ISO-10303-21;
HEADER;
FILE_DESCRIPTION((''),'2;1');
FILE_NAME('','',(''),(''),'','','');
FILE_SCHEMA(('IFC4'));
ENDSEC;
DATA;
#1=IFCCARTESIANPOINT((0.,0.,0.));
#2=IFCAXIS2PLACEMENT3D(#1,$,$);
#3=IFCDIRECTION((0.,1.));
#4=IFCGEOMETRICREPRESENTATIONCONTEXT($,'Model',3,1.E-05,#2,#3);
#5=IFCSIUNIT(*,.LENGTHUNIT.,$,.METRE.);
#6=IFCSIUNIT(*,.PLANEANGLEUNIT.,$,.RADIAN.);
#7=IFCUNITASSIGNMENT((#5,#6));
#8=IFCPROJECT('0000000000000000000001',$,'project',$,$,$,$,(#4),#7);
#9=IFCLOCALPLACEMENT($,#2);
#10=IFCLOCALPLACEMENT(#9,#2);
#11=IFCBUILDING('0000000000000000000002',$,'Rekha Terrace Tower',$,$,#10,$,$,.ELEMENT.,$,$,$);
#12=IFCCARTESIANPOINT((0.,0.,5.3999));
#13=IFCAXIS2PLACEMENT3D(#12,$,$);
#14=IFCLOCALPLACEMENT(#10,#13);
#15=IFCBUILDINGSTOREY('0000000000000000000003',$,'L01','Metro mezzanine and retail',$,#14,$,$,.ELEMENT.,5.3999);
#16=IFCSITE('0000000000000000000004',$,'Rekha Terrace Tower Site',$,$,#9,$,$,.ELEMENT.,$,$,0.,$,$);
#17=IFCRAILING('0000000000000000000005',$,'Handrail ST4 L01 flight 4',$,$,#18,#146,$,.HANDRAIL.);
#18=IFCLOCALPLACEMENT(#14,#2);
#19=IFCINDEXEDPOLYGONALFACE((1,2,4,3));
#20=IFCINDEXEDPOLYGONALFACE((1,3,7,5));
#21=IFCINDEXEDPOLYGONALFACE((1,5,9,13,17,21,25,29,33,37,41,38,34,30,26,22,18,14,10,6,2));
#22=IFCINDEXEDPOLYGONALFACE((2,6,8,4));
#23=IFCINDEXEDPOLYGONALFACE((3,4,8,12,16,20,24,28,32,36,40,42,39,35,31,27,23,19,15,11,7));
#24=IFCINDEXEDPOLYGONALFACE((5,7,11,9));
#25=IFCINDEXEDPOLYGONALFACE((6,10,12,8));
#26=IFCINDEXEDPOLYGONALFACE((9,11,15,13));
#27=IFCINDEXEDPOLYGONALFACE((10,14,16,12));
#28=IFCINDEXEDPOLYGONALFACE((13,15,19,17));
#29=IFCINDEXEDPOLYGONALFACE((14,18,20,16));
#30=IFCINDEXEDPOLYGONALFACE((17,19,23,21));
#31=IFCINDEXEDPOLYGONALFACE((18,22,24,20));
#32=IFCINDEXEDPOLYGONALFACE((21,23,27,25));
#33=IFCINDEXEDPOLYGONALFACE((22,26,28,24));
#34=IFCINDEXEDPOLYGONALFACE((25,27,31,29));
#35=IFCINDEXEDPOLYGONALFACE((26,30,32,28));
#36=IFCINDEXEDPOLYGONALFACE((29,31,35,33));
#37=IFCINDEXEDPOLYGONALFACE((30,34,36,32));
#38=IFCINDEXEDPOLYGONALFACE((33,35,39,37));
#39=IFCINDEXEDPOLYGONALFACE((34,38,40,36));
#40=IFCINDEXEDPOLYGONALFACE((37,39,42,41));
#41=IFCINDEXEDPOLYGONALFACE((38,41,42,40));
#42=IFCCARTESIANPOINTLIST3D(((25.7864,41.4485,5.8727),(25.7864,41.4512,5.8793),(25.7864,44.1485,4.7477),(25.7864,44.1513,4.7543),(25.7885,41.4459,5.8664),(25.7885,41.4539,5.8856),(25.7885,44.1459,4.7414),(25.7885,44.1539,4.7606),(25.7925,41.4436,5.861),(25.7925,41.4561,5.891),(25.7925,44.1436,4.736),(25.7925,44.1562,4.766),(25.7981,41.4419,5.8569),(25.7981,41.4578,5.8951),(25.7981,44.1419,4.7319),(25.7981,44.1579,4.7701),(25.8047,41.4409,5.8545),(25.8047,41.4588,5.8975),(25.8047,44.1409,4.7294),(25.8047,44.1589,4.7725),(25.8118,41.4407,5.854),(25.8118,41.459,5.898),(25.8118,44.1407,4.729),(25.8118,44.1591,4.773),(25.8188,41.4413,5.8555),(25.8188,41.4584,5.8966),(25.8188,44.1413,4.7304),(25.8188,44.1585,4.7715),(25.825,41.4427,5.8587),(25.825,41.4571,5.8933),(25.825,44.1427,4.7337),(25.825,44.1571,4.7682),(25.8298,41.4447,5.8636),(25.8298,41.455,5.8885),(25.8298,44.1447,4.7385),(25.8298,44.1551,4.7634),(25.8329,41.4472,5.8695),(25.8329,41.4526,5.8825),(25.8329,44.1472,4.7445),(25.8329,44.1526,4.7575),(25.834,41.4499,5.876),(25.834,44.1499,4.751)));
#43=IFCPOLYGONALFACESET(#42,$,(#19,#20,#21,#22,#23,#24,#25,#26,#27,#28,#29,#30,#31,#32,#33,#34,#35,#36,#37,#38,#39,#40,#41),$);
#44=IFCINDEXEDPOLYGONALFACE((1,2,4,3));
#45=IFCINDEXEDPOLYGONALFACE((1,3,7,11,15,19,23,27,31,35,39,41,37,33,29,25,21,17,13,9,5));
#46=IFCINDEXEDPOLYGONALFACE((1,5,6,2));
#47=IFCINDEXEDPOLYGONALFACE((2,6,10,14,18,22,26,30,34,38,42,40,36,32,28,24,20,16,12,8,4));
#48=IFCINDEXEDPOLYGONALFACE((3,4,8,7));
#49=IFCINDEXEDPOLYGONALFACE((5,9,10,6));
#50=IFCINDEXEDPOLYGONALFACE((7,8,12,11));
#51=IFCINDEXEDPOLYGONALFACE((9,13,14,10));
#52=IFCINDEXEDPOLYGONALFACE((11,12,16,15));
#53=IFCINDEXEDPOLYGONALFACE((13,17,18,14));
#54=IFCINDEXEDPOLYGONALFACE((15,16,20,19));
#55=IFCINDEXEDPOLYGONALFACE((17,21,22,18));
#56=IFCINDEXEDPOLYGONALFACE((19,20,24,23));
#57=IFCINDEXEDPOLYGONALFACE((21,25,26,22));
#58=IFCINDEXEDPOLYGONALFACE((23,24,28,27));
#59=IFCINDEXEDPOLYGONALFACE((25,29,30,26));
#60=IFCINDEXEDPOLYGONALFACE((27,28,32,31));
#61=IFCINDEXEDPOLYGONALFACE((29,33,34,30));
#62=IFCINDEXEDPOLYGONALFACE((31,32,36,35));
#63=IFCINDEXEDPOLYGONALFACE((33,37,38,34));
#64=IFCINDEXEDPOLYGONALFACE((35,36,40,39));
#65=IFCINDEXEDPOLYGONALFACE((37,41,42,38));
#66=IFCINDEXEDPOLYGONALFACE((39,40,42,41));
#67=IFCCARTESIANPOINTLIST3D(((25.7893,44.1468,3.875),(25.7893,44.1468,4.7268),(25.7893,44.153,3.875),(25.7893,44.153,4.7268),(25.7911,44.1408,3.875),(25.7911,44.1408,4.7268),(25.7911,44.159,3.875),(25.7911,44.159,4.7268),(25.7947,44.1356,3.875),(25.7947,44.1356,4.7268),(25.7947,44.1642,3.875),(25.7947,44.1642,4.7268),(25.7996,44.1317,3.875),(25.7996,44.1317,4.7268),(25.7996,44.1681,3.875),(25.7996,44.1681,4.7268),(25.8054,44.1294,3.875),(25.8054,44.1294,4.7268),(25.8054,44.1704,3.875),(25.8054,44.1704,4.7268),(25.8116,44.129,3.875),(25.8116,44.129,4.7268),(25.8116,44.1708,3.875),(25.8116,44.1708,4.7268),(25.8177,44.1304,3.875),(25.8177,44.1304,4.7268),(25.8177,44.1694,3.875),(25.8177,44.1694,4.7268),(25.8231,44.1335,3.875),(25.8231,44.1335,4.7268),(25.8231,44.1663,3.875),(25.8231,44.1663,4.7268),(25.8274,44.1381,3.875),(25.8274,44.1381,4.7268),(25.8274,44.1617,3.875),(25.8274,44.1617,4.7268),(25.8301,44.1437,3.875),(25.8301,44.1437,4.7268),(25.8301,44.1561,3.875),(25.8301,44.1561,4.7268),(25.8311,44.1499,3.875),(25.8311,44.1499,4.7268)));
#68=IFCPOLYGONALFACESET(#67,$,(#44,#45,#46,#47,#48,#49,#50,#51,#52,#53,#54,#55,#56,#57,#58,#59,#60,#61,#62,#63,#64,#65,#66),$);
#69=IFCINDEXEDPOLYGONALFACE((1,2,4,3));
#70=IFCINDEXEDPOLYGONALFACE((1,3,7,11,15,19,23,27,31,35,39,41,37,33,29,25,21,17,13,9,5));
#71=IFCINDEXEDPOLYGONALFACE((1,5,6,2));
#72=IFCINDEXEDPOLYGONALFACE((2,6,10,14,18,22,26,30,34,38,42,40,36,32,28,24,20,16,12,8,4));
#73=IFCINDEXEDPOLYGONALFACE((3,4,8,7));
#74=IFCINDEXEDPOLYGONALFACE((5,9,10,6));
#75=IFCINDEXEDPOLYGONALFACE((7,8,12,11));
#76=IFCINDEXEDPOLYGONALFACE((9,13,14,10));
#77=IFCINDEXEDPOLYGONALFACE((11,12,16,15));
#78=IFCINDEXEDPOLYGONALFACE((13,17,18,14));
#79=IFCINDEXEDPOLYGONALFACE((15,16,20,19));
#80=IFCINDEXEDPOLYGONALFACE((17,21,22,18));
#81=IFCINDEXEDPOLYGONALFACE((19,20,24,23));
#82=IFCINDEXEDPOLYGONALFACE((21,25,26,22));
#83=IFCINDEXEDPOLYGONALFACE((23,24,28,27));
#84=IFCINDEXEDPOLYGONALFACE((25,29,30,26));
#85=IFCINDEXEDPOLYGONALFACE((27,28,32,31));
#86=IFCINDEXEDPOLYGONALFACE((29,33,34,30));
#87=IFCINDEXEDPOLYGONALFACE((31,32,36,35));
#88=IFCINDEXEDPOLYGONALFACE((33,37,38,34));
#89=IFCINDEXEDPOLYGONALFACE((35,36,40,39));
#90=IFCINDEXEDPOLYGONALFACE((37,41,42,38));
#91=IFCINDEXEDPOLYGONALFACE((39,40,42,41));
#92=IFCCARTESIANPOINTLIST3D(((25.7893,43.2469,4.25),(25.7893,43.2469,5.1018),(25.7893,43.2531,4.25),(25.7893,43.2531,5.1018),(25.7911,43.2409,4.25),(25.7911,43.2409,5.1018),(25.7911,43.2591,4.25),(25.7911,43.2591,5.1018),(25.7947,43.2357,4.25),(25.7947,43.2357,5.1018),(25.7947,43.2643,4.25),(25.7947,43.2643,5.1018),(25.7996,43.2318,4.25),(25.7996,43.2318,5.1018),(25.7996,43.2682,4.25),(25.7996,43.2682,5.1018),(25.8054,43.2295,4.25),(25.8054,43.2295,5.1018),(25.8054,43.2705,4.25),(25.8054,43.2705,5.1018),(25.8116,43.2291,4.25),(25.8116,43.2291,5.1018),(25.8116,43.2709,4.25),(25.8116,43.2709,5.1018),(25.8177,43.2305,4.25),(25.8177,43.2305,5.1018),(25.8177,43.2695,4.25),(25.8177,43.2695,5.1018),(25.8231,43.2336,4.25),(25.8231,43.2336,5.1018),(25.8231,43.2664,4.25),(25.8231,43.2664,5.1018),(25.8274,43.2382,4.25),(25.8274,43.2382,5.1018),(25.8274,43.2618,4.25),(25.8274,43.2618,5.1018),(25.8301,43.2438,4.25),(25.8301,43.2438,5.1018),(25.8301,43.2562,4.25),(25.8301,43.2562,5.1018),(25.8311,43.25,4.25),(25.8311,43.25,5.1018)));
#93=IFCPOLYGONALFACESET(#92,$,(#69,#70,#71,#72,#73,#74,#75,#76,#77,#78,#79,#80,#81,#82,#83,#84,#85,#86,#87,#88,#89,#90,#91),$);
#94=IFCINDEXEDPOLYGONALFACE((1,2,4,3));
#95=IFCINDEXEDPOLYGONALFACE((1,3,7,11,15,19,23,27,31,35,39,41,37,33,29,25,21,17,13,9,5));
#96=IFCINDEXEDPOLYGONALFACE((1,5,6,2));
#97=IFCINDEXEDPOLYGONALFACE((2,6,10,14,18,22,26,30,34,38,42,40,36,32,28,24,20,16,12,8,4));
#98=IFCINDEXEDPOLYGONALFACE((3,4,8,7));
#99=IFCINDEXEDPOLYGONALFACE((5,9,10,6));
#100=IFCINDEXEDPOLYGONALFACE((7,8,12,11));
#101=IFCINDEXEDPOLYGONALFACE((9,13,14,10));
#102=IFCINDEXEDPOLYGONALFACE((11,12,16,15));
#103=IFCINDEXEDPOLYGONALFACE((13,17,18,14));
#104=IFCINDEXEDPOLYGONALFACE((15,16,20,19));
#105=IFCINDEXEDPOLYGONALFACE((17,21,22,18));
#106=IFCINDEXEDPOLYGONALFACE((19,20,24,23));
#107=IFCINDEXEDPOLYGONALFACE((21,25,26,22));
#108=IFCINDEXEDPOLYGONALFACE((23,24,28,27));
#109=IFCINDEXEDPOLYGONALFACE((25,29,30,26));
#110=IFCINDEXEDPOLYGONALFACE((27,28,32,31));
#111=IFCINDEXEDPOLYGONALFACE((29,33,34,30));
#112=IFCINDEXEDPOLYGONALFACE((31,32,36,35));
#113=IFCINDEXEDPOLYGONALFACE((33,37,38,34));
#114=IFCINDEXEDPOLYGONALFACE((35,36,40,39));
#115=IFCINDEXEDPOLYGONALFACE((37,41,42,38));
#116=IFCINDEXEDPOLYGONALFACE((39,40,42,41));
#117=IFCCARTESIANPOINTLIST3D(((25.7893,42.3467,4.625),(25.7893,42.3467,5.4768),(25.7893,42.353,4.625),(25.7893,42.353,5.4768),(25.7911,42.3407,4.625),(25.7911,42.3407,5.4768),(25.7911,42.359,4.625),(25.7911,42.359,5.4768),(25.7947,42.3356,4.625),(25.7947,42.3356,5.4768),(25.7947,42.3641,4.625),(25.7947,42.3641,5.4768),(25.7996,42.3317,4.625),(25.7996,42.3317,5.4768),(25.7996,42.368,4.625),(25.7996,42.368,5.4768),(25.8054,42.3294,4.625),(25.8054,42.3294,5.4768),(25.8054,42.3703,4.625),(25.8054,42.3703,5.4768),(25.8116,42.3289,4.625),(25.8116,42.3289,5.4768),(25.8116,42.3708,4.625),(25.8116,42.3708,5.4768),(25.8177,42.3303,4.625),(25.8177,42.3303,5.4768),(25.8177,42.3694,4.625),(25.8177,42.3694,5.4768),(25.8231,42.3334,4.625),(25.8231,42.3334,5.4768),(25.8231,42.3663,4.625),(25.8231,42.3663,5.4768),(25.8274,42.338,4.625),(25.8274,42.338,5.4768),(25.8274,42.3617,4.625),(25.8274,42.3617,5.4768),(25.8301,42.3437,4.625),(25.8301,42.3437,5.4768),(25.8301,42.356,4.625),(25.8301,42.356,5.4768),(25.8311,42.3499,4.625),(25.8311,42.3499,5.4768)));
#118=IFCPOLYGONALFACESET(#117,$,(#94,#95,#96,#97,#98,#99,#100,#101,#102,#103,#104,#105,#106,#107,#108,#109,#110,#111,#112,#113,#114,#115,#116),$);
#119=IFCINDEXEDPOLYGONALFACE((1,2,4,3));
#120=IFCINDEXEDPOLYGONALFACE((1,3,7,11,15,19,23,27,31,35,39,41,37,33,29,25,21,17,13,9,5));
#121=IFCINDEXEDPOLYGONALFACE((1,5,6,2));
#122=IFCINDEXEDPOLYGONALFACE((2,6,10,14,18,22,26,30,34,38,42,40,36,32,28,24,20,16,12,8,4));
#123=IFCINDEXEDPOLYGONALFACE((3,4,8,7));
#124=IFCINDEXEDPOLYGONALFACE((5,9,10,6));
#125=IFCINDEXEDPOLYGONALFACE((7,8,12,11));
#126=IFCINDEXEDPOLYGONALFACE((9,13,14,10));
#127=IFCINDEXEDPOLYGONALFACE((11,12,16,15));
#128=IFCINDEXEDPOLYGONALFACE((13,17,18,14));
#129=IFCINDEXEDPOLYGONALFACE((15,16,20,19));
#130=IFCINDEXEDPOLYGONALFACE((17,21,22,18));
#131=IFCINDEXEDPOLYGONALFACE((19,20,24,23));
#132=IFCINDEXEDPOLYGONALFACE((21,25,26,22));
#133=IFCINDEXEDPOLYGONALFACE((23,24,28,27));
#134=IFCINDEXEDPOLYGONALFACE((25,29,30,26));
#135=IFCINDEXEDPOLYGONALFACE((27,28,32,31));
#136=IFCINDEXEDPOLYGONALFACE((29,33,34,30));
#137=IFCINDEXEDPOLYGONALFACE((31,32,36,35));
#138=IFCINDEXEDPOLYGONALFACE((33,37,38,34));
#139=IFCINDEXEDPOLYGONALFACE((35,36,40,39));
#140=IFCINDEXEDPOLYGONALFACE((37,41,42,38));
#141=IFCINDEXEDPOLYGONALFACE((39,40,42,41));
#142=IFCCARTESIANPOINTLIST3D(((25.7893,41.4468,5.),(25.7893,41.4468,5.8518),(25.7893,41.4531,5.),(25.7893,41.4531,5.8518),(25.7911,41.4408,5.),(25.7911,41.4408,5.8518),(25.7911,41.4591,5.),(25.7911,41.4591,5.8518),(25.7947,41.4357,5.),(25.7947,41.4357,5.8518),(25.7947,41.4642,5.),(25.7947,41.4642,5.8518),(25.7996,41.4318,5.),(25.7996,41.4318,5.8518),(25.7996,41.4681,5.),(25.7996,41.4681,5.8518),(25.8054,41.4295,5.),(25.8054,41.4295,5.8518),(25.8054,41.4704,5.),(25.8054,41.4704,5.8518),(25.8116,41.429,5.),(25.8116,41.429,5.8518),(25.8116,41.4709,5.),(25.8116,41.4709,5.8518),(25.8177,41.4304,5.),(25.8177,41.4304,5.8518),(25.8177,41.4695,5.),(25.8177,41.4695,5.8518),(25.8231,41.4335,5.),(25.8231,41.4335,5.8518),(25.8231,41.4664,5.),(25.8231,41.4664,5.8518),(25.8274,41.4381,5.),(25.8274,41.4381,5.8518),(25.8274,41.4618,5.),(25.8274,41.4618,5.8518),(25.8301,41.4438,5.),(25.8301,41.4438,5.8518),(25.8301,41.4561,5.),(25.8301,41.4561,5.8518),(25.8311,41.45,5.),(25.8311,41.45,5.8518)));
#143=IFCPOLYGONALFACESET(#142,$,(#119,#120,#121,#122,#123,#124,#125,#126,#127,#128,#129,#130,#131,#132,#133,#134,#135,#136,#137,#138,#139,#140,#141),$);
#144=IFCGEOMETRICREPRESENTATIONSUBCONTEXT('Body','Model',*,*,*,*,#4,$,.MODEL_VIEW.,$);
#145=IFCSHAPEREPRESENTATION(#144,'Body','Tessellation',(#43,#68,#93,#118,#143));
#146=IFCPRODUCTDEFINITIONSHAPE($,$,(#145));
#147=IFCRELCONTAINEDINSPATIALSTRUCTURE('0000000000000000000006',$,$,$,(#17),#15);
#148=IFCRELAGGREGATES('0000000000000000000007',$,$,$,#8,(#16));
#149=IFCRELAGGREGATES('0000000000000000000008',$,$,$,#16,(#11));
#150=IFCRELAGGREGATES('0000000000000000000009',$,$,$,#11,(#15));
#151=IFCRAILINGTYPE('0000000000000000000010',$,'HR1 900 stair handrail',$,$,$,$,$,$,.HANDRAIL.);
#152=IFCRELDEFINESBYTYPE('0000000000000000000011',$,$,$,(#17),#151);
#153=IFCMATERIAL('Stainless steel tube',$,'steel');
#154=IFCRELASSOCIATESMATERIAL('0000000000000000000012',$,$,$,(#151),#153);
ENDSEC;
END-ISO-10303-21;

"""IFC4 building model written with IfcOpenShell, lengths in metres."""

from ifc_helpers import new_model, si_unit, direction, frame, origin, origin_2d, place, context, subcontext, project, spatial, circle, extrude, material, type_object, element, save


model = new_model("IFC4")

# Units and contexts
model_context = context("Model", 3, precision=1e-05, world=origin(), true_north=direction((0.0, 1.0)))
body_context = subcontext(model_context, "Body", "Model", "MODEL_VIEW")
ifc_project = project(units=[si_unit("LENGTHUNIT", "METRE"), si_unit("PLANEANGLEUNIT", "RADIAN")], contexts=[model_context])

# Site, building, storey
site_placement = place(None, origin())
site = spatial("IfcSite", under=ifc_project, at=site_placement, Name="Rekha Terrace Tower Site", CompositionType="ELEMENT", RefElevation=0.0)
building_placement = place(site_placement, origin())
building = spatial("IfcBuilding", under=site, at=building_placement, Name="Rekha Terrace Tower", CompositionType="ELEMENT")
storey_placement = place(building_placement, frame((0.0, 0.0, 5.3999)))
storey = spatial("IfcBuildingStorey", under=building, at=storey_placement, Name="L01", Description="Metro mezzanine and retail", CompositionType="ELEMENT", Elevation=5.3999)

# Railing
ifc_material_1 = material(Name="Stainless steel tube", Category="steel")
railing_type_1 = type_object("IfcRailingType", Name="HR1 900 stair handrail", PredefinedType="HANDRAIL", material=ifc_material_1)
railing_1_placement = place(storey_placement, frame((25.8101, 44.1499, 3.875)))
element("IfcRailing", 1, at=railing_1_placement, inside=storey, type_object=railing_type_1, Name="Handrail ST4 L01 flight 4", PredefinedType="HANDRAIL", context=body_context, shape_type="SweptSolid", body=[
    extrude(circle(Radius=0.0239, at=origin_2d()), frame((0.0, 0.0, 0.876), z_axis=(0.0, -0.923074, 0.384621), x_axis=(1.0, 0.0, 0.0)), (0.0, 0.0, 1.0), 2.925),
    extrude(circle(Radius=0.021, at=origin_2d()), origin(), (0.0, 0.0, 1.0), 0.8518),
    extrude(circle(Radius=0.021, at=origin_2d()), frame((0.0, -0.8999, 0.375)), (0.0, 0.0, 1.0), 0.8518),
    extrude(circle(Radius=0.021, at=origin_2d()), frame((0.0, -1.8, 0.75)), (0.0, 0.0, 1.0), 0.8518),
    extrude(circle(Radius=0.021, at=origin_2d()), frame((0.0, -2.7, 1.125)), (0.0, 0.0, 1.0), 0.8518),
])

save(model, "model.ifc")
